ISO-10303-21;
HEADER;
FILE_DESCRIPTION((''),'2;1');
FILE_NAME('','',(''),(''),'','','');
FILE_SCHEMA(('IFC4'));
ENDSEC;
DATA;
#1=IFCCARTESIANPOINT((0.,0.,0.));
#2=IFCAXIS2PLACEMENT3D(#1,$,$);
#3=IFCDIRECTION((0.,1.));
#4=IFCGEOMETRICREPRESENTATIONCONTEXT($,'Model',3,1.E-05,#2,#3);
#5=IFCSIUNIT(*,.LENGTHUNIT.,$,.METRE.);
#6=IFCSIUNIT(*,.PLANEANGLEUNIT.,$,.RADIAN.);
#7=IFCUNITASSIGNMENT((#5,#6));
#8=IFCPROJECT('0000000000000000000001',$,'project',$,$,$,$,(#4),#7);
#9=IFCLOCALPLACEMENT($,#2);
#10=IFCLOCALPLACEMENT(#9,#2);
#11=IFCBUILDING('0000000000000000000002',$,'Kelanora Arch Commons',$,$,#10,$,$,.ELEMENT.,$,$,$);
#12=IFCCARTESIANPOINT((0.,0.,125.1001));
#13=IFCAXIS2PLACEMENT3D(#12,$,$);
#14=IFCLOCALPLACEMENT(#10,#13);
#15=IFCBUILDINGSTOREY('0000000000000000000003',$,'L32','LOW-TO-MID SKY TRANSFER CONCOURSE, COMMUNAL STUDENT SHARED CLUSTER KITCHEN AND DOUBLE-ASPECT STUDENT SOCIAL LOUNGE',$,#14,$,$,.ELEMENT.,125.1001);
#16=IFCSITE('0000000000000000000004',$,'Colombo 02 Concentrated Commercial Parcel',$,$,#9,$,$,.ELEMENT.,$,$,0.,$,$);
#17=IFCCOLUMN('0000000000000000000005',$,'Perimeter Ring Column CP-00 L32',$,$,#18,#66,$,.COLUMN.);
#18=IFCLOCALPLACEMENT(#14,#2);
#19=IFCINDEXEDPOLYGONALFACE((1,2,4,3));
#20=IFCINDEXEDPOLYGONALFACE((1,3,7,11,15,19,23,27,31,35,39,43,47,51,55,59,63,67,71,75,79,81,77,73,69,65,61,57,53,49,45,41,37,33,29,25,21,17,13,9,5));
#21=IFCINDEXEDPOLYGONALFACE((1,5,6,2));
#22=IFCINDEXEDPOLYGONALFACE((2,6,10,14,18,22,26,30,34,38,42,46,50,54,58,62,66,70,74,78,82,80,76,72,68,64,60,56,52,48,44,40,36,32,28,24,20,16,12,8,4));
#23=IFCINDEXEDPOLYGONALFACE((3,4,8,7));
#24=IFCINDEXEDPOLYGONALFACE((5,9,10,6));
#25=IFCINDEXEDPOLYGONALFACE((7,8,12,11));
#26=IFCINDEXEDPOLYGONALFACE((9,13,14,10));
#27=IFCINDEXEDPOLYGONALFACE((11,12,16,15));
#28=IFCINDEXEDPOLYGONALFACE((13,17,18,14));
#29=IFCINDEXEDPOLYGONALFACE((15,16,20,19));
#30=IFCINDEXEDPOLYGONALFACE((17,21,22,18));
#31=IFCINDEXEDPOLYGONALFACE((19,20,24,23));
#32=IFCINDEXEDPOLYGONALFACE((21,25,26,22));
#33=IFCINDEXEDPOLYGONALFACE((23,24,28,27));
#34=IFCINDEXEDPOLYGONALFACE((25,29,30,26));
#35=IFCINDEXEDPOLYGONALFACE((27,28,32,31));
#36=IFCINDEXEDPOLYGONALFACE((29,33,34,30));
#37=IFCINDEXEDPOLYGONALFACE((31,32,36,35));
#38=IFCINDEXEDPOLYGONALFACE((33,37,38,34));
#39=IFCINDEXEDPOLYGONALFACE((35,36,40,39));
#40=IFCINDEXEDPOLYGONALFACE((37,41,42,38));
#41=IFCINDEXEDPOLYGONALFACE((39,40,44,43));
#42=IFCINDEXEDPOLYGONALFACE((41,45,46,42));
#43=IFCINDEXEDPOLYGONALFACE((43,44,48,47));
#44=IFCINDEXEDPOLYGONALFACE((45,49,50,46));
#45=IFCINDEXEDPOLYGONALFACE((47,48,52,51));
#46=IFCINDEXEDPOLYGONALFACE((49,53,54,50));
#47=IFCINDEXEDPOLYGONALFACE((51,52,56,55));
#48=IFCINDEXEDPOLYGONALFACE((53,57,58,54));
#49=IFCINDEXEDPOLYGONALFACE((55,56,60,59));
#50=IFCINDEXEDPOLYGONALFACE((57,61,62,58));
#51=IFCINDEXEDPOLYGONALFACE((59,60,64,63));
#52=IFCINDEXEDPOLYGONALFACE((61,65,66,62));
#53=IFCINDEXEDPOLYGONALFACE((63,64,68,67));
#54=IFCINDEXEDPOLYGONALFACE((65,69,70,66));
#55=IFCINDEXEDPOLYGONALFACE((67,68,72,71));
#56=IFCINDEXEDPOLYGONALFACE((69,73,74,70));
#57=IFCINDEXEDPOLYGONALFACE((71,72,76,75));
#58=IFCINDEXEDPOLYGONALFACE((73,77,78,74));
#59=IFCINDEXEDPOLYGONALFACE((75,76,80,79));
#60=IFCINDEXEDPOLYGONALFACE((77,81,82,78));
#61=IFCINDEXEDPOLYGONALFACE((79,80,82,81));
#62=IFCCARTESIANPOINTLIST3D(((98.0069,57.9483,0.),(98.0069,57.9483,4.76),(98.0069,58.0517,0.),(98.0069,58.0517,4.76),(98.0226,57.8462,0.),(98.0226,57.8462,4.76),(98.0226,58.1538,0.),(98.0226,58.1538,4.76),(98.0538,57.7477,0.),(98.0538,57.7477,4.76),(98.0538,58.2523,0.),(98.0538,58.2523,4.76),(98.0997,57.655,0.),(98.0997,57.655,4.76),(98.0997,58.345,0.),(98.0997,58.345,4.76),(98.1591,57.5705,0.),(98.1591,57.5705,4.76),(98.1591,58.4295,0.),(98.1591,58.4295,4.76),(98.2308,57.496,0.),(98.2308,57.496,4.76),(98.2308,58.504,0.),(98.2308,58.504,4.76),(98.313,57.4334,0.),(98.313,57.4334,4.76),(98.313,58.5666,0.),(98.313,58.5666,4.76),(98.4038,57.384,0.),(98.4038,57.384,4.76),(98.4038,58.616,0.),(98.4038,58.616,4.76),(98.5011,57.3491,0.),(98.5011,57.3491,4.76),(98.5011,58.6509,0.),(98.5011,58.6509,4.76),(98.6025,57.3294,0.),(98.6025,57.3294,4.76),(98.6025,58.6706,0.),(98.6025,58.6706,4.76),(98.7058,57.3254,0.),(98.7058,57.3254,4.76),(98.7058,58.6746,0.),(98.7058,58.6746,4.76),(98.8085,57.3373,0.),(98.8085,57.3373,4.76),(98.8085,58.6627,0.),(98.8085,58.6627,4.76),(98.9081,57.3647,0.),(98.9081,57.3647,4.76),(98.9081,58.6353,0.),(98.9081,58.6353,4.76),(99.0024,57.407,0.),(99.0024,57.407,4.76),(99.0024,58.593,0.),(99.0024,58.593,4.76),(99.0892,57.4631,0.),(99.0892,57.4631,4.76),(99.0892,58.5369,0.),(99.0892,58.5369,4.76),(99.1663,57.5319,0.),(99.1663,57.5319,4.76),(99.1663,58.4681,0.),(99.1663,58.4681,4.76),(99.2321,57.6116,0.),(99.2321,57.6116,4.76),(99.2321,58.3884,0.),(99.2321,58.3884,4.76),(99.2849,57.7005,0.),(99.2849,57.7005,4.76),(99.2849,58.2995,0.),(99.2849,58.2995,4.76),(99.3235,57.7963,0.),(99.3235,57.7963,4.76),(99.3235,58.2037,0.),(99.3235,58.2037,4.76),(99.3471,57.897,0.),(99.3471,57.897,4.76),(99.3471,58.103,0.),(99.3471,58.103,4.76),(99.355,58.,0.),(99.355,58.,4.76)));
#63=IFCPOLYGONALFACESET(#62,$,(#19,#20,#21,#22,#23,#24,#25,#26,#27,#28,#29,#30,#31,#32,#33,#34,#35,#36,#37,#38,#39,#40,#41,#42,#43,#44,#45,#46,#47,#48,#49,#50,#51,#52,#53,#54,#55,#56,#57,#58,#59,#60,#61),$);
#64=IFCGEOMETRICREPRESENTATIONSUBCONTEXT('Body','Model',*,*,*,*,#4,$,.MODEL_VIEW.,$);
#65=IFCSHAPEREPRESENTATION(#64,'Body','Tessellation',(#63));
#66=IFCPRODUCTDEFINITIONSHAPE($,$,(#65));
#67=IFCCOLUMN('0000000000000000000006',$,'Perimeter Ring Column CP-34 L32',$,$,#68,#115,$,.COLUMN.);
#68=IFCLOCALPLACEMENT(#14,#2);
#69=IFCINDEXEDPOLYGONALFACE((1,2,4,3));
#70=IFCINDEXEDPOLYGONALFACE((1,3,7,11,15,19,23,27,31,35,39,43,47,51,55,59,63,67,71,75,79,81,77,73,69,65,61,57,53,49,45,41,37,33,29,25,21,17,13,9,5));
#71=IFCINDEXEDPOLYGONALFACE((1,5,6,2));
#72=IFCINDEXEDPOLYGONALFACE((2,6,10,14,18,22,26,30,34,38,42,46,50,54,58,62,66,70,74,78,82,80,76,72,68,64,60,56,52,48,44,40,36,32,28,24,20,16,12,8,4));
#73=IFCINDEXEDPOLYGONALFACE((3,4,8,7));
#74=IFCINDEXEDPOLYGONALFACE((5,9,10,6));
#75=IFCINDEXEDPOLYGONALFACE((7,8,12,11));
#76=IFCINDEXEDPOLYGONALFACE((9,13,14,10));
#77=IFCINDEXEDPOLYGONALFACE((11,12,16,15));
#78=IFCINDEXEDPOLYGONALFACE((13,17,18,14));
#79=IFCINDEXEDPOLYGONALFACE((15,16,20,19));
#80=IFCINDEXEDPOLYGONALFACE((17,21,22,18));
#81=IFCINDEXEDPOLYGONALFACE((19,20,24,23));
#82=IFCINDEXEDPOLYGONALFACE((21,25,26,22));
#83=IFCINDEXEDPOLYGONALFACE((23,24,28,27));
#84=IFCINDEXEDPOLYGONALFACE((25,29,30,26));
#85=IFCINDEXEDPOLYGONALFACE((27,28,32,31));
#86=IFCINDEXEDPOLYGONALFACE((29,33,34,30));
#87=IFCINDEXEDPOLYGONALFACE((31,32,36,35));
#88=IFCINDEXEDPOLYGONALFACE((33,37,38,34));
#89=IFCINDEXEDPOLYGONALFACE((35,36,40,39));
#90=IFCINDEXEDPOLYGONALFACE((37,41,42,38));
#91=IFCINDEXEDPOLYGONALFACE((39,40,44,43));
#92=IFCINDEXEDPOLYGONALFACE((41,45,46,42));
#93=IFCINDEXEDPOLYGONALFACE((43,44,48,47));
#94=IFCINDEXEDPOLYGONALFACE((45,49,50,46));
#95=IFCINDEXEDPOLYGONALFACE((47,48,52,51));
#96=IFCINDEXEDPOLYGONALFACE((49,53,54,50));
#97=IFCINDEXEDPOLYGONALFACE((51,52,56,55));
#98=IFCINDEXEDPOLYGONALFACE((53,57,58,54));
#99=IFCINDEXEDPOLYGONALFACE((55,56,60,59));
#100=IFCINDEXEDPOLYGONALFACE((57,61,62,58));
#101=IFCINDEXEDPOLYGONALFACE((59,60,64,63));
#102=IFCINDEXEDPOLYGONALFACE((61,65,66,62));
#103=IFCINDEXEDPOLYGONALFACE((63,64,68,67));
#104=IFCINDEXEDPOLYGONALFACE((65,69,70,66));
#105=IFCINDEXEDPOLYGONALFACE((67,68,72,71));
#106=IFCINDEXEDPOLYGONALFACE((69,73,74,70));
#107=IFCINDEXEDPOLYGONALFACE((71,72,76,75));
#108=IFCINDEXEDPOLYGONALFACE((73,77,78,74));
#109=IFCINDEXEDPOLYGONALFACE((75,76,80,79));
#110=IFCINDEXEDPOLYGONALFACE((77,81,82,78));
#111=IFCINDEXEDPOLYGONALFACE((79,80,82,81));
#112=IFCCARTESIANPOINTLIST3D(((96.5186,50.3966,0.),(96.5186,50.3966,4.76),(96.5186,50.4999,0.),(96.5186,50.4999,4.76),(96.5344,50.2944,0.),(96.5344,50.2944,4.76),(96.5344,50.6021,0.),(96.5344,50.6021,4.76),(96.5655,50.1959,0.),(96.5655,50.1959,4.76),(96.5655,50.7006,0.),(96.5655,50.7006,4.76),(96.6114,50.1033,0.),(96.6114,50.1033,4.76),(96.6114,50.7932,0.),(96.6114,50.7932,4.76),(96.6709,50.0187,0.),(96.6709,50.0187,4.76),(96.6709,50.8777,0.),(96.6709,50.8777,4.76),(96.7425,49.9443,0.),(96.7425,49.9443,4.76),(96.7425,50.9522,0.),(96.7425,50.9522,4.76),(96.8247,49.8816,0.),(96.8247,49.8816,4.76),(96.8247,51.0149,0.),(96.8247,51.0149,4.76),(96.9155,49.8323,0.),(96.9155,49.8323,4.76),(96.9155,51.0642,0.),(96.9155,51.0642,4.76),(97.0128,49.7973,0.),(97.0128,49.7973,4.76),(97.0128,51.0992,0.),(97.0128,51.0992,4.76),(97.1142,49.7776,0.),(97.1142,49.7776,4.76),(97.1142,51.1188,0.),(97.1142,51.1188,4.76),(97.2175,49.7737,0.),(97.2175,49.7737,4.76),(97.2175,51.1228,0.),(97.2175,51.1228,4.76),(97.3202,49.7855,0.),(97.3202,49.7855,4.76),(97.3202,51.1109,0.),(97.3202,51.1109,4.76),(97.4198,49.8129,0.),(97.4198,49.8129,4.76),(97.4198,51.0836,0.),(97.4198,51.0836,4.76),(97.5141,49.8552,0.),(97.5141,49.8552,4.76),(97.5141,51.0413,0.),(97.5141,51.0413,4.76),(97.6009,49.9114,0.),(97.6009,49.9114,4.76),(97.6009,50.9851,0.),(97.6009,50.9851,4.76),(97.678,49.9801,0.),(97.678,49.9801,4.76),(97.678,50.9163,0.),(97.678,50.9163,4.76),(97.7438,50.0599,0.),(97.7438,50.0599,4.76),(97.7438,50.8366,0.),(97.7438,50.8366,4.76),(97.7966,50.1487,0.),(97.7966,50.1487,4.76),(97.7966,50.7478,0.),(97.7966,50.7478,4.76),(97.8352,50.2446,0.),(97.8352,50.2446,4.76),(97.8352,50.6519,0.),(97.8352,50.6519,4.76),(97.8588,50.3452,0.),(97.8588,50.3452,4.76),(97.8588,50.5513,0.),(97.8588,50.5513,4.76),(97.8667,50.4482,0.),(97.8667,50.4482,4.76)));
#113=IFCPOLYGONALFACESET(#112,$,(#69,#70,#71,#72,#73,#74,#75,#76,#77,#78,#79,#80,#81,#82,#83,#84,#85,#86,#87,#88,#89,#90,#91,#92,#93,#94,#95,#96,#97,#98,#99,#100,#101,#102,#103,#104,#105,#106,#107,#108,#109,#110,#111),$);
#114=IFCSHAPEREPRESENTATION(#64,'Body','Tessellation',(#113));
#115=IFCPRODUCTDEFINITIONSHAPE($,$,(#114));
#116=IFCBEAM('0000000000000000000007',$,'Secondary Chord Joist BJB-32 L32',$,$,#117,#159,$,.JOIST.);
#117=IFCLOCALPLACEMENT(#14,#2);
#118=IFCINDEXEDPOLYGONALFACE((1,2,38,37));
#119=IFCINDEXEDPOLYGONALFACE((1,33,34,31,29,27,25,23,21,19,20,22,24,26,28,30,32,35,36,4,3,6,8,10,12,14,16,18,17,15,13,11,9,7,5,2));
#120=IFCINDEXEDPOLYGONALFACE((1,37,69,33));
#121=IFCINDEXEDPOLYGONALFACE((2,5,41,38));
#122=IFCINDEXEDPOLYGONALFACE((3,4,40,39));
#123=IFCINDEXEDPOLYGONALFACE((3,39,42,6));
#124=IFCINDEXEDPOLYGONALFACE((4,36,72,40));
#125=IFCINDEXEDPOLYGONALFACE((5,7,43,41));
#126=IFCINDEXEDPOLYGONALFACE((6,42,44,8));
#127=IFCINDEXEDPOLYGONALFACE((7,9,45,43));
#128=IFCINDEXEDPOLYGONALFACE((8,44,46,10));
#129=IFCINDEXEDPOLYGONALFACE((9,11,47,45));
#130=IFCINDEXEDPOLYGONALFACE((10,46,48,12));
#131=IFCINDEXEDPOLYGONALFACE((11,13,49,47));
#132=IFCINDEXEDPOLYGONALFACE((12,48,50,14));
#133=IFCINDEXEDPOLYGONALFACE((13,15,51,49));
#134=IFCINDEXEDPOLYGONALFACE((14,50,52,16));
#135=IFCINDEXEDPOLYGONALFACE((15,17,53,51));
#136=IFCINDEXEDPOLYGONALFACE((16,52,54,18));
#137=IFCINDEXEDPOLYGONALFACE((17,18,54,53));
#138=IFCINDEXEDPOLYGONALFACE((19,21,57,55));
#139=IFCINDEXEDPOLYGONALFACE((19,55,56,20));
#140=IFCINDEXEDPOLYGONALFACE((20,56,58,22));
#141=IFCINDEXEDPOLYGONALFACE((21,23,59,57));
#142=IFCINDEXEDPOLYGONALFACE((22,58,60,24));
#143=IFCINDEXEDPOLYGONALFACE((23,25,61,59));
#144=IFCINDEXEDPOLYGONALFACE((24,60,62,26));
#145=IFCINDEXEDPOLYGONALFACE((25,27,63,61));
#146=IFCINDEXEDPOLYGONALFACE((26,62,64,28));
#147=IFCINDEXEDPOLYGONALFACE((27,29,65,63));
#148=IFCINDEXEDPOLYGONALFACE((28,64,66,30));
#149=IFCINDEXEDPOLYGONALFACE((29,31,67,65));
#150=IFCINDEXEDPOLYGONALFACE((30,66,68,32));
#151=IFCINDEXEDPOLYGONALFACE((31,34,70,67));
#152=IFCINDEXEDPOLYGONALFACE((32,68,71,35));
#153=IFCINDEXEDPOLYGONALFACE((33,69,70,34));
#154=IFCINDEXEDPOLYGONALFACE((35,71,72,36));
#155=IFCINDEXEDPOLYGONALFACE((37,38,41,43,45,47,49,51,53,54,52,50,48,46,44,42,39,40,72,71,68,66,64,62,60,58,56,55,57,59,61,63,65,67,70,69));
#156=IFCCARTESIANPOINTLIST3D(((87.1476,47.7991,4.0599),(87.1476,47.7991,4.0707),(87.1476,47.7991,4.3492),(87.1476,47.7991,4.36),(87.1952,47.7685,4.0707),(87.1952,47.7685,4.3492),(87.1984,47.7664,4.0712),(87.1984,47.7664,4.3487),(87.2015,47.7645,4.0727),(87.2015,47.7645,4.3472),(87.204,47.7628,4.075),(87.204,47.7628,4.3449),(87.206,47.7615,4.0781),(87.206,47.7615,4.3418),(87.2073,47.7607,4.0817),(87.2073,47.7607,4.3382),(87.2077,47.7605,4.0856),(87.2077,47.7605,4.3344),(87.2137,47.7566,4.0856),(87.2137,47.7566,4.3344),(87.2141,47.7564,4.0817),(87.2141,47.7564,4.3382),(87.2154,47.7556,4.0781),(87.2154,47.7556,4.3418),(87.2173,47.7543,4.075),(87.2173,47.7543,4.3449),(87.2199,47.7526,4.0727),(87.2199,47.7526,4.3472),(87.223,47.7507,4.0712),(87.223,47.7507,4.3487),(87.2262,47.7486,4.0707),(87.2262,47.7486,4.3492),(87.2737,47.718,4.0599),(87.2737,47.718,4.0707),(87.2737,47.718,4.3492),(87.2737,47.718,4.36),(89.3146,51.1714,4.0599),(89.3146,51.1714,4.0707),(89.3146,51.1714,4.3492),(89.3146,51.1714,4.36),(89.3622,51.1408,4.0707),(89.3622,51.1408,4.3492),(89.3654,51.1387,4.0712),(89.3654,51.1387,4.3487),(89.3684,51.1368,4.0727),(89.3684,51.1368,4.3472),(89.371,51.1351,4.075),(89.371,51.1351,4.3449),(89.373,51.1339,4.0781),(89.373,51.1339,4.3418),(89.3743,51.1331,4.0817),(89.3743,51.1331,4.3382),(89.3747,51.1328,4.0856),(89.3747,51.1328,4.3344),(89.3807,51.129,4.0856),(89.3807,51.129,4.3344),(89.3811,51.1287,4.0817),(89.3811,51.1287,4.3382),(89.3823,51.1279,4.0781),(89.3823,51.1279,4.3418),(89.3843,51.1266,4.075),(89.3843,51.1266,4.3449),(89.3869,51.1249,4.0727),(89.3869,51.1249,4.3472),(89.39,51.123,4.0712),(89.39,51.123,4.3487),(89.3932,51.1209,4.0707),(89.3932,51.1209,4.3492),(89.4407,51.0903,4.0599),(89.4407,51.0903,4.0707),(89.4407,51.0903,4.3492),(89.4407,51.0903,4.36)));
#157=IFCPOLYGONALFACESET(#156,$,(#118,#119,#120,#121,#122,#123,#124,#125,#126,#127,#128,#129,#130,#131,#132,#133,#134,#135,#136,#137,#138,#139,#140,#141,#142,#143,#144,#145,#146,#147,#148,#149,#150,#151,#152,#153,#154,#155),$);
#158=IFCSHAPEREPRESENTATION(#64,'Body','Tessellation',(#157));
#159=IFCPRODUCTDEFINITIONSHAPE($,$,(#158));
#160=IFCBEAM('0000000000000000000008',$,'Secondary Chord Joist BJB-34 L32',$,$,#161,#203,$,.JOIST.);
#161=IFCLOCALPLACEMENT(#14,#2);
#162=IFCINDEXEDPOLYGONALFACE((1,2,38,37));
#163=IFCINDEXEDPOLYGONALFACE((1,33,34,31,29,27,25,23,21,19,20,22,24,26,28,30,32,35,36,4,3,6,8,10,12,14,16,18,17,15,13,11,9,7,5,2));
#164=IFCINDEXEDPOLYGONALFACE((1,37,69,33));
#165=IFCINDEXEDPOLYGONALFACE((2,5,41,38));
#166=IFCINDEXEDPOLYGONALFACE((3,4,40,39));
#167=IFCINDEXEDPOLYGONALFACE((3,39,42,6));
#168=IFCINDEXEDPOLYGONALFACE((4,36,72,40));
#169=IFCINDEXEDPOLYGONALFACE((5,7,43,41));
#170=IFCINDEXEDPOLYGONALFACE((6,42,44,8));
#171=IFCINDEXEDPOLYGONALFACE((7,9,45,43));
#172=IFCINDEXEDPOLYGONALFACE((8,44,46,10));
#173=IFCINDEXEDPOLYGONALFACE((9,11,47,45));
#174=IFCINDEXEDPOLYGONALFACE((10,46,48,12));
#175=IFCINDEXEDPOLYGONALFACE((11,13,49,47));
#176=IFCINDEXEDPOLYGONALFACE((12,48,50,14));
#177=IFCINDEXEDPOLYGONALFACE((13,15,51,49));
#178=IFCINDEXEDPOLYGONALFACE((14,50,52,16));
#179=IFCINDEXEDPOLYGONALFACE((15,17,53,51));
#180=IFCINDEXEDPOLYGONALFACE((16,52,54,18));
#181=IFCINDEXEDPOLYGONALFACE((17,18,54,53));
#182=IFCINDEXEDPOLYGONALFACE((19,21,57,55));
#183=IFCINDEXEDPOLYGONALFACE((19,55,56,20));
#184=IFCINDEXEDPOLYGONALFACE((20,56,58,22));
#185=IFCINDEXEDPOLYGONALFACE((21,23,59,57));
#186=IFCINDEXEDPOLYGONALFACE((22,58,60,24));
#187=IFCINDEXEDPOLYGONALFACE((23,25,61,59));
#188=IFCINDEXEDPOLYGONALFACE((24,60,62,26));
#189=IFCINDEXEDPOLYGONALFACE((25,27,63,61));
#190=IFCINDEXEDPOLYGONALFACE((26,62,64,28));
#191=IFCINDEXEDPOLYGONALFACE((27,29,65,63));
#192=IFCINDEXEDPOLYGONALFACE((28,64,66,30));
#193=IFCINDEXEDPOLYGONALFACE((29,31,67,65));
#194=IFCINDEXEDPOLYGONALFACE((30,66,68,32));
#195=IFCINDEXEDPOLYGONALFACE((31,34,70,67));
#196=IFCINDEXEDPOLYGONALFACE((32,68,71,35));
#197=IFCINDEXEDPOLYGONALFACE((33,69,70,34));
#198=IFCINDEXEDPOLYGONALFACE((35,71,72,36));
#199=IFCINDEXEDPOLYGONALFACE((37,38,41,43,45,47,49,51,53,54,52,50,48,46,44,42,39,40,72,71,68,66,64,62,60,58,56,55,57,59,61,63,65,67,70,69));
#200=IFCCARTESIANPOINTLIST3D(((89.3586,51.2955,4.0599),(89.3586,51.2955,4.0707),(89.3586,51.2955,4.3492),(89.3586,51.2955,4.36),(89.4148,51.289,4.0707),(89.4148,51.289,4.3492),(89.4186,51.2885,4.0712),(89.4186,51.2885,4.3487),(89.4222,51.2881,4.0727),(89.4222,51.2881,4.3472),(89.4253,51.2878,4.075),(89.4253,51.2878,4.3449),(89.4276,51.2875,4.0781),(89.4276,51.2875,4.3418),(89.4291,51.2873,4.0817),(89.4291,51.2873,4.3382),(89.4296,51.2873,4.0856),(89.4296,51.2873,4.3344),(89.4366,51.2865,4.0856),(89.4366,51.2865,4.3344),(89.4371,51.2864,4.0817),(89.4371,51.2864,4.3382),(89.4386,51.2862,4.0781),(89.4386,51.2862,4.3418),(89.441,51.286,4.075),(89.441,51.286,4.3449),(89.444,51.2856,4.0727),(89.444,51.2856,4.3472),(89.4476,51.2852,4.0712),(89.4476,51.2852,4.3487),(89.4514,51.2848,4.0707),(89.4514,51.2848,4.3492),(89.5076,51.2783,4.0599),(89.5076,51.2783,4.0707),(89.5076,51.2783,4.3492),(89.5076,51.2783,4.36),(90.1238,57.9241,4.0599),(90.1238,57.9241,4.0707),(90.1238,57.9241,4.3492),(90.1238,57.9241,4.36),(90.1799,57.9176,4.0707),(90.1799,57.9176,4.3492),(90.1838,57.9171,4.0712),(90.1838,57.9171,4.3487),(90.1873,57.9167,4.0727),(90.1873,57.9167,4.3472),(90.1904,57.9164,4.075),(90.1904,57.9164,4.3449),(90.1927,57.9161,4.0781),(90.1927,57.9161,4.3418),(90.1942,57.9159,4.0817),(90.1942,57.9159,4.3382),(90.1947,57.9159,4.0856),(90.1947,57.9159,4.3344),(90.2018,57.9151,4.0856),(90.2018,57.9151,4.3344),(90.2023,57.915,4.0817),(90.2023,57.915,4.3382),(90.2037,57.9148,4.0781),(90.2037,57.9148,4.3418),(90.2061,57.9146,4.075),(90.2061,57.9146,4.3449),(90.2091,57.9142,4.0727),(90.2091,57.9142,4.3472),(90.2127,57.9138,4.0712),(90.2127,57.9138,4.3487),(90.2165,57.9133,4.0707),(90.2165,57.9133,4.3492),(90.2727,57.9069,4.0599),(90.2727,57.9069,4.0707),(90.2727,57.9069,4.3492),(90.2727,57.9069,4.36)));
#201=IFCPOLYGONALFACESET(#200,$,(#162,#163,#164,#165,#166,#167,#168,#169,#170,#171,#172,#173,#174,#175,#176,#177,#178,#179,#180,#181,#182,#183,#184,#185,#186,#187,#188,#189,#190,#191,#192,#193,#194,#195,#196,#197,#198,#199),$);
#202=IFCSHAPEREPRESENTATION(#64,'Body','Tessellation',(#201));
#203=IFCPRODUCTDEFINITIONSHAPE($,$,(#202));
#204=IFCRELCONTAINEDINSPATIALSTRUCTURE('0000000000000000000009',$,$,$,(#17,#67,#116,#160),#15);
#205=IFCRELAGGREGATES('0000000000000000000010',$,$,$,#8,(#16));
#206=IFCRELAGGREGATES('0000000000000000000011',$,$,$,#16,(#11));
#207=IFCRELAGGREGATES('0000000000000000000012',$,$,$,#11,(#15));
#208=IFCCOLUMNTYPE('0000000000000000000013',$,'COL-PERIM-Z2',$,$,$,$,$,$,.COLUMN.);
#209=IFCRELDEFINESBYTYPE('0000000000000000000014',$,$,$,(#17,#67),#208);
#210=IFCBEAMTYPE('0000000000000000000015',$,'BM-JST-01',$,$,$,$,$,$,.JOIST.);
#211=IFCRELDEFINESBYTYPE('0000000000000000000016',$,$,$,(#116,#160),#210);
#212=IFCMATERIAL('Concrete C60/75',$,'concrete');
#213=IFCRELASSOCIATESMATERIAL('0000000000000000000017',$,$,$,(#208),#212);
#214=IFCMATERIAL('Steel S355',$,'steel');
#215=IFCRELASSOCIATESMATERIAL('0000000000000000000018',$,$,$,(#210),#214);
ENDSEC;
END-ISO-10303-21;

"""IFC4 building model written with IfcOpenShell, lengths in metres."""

from ifc_helpers import new_model, si_unit, direction, frame, origin, origin_2d, place, context, subcontext, project, spatial, circle, i_section, extrude, material, material_profile, profile_set, type_object, element, save


model = new_model("IFC4")

# Units and contexts
model_context = context("Model", 3, precision=1e-05, world=origin(), true_north=direction((0.0, 1.0)))
body_context = subcontext(model_context, "Body", "Model", "MODEL_VIEW")
ifc_project = project(units=[si_unit("LENGTHUNIT", "METRE"), si_unit("PLANEANGLEUNIT", "RADIAN")], contexts=[model_context])

# Site, building, storey
site_placement = place(None, origin())
site = spatial("IfcSite", under=ifc_project, at=site_placement, Name="Colombo 02 Concentrated Commercial Parcel", CompositionType="ELEMENT", RefElevation=0.0)
building_placement = place(site_placement, origin())
building = spatial("IfcBuilding", under=site, at=building_placement, Name="Kelanora Arch Commons", CompositionType="ELEMENT")
storey_placement = place(building_placement, frame((0.0, 0.0, 125.1001)))
storey = spatial("IfcBuildingStorey", under=building, at=storey_placement, Name="L32", Description="LOW-TO-MID SKY TRANSFER CONCOURSE, COMMUNAL STUDENT SHARED CLUSTER KITCHEN AND DOUBLE-ASPECT STUDENT SOCIAL LOUNGE", CompositionType="ELEMENT", Elevation=125.1001)

# Columns
ifc_material_1 = material(Name="Concrete C60/75", Category="concrete")
ifc_material_profile_1 = material_profile(ifc_material_1, circle(Radius=0.675, at=origin_2d()), Name="RCC1350")
ifc_profile_set_1 = profile_set([ifc_material_profile_1], Name="Concrete C60/75")
column_type = type_object("IfcColumnType", Name="COL-PERIM-Z2", PredefinedType="COLUMN", material=ifc_profile_set_1)
for number, where, z_axis, x_axis, name in (
    (1, (98.6799, 58.0, 0.0), (0.0, 0.0, 1.0), (1.0, 0.0, 0.0), "Perimeter Ring Column CP-00 L32"),
    (2, (97.1917, 50.4482, 0.0), (0.0, 0.0, 1.0), (1.0, 0.0, 0.0), "Perimeter Ring Column CP-34 L32"),
):
    element("IfcColumn", number, at=place(storey_placement, frame(where, z_axis=z_axis, x_axis=x_axis)), inside=storey, type_object=column_type, Name=name, PredefinedType="COLUMN", context=body_context, shape_type="SweptSolid", body=[
        extrude(circle(Radius=0.675, at=origin_2d()), origin(), (0.0, 0.0, 1.0), 4.76),
    ])

# Beams
ifc_material_2 = material(Name="Steel S355", Category="steel")
ifc_material_profile_2 = material_profile(ifc_material_2, i_section(OverallWidth=0.1499, OverallDepth=0.3, WebThickness=0.0071, FlangeThickness=0.0107, FilletRadius=0.0149, at=origin_2d()), Name="IPE300")
ifc_profile_set_2 = profile_set([ifc_material_profile_2], Name="Steel S355")
beam_type_1 = type_object("IfcBeamType", Name="BM-JST-01", PredefinedType="JOIST", material=ifc_profile_set_2)
beam_1_placement = place(storey_placement, frame((87.2107, 47.7585, 4.21), z_axis=(0.540594, 0.841283, 0.0), x_axis=(-0.841283, 0.540594, 0.0)))
element("IfcBeam", 3, at=beam_1_placement, inside=storey, type_object=beam_type_1, Name="Secondary Chord Joist BJB-32 L32", PredefinedType="JOIST", context=body_context, shape_type="SweptSolid", body=[
    extrude(i_section(OverallWidth=0.1499, OverallDepth=0.3, WebThickness=0.0071, FlangeThickness=0.0107, FilletRadius=0.0149, at=origin_2d()), origin(), (0.0, 0.0, 1.0), 4.0085),
])
beam_2_placement = place(storey_placement, frame((89.4331, 51.2869, 4.21), z_axis=(0.114667, 0.993404, 0.0), x_axis=(-0.993404, 0.114667, 0.0)))
element("IfcBeam", 4, at=beam_2_placement, inside=storey, type_object=beam_type_1, Name="Secondary Chord Joist BJB-34 L32", PredefinedType="JOIST", context=body_context, shape_type="SweptSolid", body=[
    extrude(i_section(OverallWidth=0.1499, OverallDepth=0.3, WebThickness=0.0071, FlangeThickness=0.0107, FilletRadius=0.0149, at=origin_2d()), origin(), (0.0, 0.0, 1.0), 6.6726),
])

save(model, "model.ifc")
